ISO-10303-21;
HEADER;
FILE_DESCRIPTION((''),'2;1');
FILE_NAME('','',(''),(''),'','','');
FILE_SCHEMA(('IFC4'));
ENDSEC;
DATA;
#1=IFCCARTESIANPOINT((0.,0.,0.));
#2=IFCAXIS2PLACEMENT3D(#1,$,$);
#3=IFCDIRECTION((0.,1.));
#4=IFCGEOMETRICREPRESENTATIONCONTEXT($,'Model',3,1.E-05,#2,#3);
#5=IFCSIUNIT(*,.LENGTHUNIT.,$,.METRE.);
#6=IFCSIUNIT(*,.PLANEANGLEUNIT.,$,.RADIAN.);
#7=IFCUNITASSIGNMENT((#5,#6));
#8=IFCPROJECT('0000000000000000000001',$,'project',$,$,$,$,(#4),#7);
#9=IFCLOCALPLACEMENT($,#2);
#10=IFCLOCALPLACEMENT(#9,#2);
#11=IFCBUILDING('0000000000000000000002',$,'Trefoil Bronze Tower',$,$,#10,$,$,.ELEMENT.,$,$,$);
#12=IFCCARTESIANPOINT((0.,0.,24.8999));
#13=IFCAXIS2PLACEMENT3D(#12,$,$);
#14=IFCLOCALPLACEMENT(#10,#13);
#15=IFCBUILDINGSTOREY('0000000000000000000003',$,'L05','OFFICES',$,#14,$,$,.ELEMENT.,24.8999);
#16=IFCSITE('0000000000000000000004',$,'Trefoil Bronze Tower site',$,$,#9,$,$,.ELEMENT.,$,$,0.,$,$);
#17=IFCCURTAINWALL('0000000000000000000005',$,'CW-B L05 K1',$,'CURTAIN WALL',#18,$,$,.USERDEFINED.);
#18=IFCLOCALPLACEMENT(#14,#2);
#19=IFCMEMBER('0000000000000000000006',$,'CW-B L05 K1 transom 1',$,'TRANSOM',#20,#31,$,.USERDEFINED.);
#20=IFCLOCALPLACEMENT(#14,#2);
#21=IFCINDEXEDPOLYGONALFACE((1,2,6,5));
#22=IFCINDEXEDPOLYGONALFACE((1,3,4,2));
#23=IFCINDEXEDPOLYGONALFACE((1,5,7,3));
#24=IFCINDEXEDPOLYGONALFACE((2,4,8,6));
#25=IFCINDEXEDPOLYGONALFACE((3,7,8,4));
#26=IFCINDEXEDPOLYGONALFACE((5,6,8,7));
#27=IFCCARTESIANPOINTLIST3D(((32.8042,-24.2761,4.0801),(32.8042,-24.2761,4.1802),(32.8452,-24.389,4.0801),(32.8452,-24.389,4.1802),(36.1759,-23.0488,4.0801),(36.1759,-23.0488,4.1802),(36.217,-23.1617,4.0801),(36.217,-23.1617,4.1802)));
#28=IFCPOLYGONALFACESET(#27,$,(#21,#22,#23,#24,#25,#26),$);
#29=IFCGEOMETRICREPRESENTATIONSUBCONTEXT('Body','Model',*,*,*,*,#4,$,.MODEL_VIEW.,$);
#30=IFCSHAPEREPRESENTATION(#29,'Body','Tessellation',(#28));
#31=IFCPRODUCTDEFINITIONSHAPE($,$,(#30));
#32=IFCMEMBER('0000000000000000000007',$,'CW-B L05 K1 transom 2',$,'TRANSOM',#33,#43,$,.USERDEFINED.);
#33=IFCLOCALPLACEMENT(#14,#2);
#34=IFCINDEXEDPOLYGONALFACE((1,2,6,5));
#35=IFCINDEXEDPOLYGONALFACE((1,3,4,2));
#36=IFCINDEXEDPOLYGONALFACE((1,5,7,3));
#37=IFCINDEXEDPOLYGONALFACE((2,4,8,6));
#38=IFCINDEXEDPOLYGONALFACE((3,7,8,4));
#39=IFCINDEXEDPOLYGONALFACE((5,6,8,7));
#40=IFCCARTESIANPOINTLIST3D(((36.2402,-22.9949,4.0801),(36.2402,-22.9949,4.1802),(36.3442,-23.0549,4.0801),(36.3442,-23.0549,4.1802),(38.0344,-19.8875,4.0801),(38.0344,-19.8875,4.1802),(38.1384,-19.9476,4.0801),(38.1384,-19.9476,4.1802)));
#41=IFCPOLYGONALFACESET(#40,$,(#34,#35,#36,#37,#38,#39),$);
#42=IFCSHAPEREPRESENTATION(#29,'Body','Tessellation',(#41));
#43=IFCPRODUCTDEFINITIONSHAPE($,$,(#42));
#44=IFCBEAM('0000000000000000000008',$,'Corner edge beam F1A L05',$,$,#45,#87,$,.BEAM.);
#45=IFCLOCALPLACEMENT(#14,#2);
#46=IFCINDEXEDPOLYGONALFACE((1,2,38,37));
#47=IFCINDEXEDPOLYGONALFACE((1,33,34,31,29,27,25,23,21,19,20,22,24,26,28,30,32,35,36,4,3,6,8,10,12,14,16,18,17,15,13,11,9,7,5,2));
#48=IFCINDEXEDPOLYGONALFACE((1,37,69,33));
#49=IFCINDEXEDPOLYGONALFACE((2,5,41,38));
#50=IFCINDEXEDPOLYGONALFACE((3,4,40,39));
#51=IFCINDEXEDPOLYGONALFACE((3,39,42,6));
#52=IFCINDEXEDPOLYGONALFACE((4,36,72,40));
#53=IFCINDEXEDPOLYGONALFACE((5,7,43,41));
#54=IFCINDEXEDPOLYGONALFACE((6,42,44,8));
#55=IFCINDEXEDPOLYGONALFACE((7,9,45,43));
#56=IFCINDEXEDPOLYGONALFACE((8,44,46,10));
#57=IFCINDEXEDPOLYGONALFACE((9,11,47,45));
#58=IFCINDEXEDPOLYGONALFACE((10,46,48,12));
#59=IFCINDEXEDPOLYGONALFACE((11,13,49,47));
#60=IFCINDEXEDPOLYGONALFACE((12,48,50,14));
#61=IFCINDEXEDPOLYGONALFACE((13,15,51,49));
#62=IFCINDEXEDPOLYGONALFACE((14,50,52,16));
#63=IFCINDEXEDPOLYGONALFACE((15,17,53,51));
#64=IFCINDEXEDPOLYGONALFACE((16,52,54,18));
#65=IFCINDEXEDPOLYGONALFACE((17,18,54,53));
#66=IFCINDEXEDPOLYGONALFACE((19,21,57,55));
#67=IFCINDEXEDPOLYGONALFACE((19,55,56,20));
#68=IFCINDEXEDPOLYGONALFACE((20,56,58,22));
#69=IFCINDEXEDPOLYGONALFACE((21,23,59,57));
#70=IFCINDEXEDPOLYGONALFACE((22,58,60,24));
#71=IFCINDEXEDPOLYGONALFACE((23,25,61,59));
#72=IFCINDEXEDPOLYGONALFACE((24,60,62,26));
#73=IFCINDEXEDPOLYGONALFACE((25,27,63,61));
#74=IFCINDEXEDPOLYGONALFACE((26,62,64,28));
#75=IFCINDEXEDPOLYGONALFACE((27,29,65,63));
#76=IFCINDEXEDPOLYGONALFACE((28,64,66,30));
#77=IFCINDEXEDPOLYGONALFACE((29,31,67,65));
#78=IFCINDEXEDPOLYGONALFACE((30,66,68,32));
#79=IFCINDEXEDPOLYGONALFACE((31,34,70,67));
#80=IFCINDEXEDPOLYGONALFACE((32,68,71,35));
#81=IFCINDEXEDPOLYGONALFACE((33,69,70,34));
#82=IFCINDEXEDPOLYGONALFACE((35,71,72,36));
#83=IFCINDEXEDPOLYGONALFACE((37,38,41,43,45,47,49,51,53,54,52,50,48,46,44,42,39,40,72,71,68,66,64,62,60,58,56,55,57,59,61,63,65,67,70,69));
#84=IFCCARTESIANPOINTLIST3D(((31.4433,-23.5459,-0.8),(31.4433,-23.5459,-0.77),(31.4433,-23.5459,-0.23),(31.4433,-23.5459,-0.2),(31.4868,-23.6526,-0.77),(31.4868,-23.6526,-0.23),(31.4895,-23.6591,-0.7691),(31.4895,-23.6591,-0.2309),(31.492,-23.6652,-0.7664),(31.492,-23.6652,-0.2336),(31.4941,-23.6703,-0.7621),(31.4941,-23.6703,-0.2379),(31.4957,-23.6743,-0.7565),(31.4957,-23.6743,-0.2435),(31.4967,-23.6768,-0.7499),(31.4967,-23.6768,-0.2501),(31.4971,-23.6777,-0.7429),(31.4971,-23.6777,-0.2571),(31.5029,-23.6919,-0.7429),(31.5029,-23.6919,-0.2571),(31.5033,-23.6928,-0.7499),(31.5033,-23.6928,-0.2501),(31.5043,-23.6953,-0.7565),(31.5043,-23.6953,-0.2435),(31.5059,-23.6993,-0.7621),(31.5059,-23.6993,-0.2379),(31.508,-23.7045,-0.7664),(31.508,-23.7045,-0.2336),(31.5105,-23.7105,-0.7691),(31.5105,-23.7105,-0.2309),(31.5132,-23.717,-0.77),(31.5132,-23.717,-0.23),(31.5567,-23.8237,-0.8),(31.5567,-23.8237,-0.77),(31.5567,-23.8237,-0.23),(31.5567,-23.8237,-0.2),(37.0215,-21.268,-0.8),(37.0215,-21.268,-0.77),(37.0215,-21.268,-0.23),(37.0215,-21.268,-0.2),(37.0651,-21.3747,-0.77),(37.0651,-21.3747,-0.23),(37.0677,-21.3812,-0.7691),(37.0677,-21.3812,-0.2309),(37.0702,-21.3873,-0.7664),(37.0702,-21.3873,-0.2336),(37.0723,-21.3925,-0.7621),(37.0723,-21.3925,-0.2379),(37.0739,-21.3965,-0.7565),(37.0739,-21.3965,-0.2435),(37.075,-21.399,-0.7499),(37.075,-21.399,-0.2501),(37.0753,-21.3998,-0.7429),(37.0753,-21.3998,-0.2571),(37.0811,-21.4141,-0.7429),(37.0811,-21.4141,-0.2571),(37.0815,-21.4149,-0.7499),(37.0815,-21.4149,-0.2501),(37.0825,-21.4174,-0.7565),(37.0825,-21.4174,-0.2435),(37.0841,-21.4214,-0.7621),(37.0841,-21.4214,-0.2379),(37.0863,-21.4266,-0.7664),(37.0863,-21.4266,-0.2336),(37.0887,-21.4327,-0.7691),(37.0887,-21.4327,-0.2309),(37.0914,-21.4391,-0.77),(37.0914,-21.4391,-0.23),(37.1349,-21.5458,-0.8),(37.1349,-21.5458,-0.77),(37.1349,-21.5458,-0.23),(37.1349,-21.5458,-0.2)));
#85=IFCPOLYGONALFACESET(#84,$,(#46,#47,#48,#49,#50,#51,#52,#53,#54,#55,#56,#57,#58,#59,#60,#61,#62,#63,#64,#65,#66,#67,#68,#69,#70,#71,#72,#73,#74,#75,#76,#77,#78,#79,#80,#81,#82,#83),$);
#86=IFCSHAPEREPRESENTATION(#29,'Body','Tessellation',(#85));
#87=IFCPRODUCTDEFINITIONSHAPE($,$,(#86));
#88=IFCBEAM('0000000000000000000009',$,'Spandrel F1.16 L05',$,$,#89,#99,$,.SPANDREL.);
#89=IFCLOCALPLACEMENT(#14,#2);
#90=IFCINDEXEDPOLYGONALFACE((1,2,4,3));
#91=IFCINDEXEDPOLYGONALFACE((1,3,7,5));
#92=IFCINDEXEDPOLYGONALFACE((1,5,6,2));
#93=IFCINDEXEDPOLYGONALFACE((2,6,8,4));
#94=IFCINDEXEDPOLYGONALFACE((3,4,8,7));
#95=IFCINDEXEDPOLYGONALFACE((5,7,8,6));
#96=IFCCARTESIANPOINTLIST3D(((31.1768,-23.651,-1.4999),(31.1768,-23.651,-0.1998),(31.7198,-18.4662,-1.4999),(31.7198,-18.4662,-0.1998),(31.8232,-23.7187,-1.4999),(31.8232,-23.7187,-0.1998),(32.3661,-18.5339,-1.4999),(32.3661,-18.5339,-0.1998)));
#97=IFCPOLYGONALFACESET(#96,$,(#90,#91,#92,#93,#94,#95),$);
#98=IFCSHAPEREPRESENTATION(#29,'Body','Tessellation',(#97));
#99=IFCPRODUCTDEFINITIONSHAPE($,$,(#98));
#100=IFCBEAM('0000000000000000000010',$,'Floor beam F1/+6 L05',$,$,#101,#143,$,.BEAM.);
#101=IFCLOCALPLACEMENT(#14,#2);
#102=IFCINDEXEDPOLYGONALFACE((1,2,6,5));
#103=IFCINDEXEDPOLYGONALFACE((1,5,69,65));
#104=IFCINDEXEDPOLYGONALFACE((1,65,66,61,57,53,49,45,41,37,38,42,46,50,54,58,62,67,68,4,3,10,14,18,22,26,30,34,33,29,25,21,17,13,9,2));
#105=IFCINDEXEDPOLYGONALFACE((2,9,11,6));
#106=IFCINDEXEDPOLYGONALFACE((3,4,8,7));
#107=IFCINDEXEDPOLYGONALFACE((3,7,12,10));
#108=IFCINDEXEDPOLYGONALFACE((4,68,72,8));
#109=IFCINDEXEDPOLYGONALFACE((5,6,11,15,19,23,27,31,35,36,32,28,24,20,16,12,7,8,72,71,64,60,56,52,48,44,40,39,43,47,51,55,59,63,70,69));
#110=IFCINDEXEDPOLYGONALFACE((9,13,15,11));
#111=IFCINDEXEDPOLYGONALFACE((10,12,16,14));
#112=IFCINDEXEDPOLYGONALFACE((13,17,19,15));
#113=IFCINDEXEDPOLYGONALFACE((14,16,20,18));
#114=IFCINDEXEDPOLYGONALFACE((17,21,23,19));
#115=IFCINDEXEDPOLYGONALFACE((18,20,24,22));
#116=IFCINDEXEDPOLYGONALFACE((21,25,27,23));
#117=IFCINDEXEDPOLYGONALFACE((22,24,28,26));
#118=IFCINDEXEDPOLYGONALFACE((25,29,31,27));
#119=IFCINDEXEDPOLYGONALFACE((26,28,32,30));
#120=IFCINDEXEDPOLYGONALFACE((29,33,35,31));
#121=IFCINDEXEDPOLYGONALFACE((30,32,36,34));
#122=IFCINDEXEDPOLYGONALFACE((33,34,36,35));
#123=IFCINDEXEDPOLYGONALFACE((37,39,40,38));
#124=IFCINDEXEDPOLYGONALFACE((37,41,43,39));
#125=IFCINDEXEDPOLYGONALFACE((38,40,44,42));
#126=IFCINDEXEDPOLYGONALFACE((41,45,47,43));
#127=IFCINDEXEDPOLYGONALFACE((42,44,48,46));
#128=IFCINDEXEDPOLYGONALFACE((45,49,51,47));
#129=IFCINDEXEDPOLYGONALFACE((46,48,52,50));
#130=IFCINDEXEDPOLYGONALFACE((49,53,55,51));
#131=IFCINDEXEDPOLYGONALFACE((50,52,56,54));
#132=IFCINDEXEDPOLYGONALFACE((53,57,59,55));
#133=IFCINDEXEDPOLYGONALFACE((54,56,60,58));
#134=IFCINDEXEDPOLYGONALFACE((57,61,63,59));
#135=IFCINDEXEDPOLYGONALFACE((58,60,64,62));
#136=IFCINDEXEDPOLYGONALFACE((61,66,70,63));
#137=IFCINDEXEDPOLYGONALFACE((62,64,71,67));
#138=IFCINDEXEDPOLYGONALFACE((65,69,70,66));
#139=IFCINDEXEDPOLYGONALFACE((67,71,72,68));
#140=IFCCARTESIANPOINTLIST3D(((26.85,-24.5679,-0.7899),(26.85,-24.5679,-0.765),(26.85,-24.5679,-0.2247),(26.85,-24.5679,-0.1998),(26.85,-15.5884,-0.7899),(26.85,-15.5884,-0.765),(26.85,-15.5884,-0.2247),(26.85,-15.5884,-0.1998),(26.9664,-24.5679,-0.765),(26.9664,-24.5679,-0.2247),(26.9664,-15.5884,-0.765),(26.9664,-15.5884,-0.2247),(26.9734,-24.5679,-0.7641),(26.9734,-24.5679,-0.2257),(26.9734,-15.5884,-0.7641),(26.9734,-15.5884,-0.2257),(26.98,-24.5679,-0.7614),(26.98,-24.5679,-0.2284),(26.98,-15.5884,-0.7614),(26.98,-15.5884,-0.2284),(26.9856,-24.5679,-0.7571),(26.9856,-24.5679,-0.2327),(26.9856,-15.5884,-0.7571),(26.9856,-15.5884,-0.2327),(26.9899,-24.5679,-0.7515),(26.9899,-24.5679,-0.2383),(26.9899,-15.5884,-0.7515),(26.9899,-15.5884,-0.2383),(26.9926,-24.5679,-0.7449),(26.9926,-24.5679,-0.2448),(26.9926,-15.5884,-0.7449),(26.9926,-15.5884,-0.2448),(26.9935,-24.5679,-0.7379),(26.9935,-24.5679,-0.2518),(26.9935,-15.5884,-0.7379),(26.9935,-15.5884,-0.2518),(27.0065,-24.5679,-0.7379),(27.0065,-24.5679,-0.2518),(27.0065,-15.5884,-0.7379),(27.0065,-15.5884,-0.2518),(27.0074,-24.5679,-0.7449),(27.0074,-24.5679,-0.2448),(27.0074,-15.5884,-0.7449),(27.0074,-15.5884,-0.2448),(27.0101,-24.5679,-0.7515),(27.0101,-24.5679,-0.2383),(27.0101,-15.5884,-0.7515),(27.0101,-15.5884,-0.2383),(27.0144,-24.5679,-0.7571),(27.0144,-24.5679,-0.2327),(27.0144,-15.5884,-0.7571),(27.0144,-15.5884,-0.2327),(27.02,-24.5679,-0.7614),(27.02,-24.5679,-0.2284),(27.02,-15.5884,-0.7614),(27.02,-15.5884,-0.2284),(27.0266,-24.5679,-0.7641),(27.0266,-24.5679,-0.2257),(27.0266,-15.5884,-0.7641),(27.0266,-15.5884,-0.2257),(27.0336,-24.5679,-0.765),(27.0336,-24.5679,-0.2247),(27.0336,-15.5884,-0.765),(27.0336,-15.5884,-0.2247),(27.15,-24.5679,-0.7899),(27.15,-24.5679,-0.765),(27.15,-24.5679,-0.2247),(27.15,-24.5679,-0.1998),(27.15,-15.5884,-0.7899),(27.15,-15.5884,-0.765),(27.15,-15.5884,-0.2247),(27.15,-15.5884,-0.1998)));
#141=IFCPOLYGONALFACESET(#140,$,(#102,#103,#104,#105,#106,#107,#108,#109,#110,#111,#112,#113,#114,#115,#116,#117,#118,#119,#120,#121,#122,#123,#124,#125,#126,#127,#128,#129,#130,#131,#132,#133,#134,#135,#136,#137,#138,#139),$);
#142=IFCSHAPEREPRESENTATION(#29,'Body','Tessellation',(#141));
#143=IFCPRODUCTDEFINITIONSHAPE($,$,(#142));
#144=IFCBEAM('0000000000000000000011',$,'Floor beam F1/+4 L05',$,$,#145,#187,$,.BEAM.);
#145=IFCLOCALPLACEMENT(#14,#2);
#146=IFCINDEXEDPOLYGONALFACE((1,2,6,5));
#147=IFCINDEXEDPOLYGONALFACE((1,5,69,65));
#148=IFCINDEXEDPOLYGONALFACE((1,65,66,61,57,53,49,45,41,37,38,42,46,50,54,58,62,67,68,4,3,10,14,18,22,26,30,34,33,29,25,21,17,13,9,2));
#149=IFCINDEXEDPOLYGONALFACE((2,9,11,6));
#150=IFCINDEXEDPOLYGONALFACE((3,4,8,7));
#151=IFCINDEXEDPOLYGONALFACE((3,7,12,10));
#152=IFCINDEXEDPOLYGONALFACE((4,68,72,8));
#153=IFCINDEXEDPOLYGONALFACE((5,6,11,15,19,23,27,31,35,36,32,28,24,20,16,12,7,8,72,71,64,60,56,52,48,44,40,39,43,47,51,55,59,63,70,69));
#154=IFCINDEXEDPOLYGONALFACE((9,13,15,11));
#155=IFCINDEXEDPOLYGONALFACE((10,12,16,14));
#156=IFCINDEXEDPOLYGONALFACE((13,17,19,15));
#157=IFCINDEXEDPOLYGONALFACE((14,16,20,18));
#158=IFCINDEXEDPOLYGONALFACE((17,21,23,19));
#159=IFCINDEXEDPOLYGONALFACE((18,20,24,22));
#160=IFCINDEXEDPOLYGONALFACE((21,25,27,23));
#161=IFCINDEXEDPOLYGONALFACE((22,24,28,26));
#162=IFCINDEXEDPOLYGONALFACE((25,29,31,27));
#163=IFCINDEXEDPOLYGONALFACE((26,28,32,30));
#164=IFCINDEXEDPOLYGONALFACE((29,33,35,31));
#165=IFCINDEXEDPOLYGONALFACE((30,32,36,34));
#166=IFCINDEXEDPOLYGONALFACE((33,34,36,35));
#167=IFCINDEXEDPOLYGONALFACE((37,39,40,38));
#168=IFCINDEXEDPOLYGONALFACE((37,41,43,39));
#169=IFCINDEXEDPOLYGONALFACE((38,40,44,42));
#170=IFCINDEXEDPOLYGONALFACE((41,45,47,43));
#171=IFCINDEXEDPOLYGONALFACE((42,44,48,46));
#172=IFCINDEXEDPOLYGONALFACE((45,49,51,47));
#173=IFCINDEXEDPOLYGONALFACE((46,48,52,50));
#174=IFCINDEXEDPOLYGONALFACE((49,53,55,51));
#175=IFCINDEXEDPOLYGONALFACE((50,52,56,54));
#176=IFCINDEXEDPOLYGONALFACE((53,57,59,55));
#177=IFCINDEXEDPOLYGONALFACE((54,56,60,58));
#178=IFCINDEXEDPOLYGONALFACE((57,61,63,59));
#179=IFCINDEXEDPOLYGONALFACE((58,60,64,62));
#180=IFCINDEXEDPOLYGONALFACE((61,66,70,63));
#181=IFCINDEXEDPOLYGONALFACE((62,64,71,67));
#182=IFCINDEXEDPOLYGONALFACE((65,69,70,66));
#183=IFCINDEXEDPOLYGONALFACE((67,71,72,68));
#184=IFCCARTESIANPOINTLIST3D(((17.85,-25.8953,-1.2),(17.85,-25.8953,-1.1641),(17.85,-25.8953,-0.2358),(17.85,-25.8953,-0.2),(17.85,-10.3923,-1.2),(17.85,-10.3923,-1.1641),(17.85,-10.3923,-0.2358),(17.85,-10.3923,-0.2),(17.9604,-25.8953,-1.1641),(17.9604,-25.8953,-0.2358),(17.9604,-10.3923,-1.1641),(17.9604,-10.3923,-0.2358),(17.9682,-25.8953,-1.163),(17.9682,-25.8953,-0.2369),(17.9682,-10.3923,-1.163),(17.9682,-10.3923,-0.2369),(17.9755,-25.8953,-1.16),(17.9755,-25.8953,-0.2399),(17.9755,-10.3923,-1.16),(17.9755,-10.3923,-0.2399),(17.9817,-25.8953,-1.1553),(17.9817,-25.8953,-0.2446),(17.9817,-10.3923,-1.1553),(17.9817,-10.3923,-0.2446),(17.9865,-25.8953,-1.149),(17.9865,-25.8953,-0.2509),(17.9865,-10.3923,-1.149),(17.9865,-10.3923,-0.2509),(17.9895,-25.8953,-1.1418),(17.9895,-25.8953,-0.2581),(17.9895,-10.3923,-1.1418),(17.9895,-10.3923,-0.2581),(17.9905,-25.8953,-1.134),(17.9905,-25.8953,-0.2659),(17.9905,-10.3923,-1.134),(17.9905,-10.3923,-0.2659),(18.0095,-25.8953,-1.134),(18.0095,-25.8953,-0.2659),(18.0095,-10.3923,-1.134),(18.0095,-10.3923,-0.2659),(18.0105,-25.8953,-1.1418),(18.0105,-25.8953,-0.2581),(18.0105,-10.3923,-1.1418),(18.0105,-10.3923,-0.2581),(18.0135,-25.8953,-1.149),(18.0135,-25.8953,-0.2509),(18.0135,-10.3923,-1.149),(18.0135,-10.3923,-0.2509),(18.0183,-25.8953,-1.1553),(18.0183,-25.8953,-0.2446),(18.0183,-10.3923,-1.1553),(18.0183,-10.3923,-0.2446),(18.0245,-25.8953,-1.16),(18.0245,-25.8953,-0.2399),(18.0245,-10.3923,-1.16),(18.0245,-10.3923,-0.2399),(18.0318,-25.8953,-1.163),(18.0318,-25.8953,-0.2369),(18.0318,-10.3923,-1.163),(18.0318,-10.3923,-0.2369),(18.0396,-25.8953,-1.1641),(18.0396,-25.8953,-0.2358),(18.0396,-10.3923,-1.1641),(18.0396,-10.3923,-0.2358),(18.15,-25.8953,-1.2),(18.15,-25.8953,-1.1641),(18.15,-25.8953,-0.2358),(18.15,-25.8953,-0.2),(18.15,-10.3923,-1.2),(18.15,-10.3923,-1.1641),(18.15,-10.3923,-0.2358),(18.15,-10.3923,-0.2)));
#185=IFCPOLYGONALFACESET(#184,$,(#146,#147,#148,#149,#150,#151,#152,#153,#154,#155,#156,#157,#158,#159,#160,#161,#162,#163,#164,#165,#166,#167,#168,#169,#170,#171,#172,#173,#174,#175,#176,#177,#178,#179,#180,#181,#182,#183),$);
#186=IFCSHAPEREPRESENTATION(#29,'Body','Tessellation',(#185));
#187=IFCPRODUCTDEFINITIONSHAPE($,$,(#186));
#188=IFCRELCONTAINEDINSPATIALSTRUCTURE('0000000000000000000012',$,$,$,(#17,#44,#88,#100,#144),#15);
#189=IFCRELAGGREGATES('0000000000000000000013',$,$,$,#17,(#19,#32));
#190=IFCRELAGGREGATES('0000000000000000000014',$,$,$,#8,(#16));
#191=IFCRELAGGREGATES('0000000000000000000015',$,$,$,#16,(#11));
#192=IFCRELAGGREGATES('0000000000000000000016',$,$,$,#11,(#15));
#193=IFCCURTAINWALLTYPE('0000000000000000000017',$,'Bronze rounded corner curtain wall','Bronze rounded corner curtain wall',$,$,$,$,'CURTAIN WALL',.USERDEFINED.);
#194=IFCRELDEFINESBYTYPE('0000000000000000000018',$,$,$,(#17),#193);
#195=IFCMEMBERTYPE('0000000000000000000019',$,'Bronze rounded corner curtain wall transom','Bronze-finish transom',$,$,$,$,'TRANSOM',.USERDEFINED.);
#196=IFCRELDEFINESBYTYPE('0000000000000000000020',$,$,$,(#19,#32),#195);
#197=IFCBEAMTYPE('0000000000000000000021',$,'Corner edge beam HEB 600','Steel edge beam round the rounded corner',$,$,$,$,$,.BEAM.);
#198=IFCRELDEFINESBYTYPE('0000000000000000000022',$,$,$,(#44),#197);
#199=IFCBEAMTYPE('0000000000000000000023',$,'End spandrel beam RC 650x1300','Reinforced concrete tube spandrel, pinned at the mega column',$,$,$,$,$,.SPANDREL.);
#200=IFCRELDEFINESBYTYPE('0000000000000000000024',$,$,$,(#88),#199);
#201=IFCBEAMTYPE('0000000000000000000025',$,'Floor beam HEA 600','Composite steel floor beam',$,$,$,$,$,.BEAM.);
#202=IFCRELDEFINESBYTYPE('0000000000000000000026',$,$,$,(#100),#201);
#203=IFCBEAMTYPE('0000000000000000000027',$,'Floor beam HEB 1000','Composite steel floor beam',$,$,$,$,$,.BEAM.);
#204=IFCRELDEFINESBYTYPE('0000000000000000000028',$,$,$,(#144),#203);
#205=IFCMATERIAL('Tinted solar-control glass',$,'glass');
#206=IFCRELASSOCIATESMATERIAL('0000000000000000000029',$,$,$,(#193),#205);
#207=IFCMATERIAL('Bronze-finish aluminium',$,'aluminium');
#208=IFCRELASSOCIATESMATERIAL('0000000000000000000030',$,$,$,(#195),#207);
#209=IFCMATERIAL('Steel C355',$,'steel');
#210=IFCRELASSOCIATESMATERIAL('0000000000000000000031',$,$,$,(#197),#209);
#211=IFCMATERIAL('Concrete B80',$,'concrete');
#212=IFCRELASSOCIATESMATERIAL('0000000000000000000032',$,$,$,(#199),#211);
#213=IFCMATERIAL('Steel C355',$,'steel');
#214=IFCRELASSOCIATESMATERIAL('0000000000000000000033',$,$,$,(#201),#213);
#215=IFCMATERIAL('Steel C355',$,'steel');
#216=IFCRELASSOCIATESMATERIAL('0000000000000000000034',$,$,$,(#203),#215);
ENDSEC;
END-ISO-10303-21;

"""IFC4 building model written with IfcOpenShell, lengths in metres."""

from ifc_helpers import new_model, si_unit, direction, frame, origin, origin_2d, place, context, subcontext, project, spatial, rectangle, i_section, extrude, material, material_profile, profile_set, type_object, element, aggregate, save


model = new_model("IFC4")

# Units and contexts
model_context = context("Model", 3, precision=1e-05, world=origin(), true_north=direction((0.0, 1.0)))
body_context = subcontext(model_context, "Body", "Model", "MODEL_VIEW")
ifc_project = project(units=[si_unit("LENGTHUNIT", "METRE"), si_unit("PLANEANGLEUNIT", "RADIAN")], contexts=[model_context])

# Site, building, storey
site_placement = place(None, origin())
site = spatial("IfcSite", under=ifc_project, at=site_placement, Name="Trefoil Bronze Tower site", CompositionType="ELEMENT", RefElevation=0.0)
building_placement = place(site_placement, origin())
building = spatial("IfcBuilding", under=site, at=building_placement, Name="Trefoil Bronze Tower", CompositionType="ELEMENT")
storey_placement = place(building_placement, frame((0.0, 0.0, 24.8999)))
storey = spatial("IfcBuildingStorey", under=building, at=storey_placement, Name="L05", Description="OFFICES", CompositionType="ELEMENT", Elevation=24.8999)

# Curtain wall, members
ifc_material_1 = material(Name="Tinted solar-control glass", Category="glass")
curtain_wall_type_1 = type_object("IfcCurtainWallType", Name="Bronze rounded corner curtain wall", Description="Bronze rounded corner curtain wall", ElementType="CURTAIN WALL", PredefinedType="USERDEFINED", material=ifc_material_1)
curtain_wall_1_placement = place(storey_placement, origin())
curtain_wall_1 = element("IfcCurtainWall", 1, at=curtain_wall_1_placement, inside=storey, type_object=curtain_wall_type_1, Name="CW-B L05 K1", ObjectType="CURTAIN WALL", PredefinedType="USERDEFINED")
ifc_material_2 = material(Name="Bronze-finish aluminium", Category="aluminium")
ifc_material_profile_1 = material_profile(ifc_material_2, rectangle(XDim=0.1201, YDim=0.1001, at=origin_2d()), Name="CW-B transom")
ifc_profile_set_1 = profile_set([ifc_material_profile_1], Name="Bronze-finish aluminium")
member_type_1 = type_object("IfcMemberType", Name="Bronze rounded corner curtain wall transom", Description="Bronze-finish transom", ElementType="TRANSOM", PredefinedType="USERDEFINED", material=ifc_profile_set_1)
member_1_placement = place(storey_placement, frame((32.8247, -24.3325, 4.1301), z_axis=(0.939688, 0.342033, 0.0), x_axis=(-0.342033, 0.939688, 0.0)))
member_1 = element("IfcMember", 2, at=member_1_placement, type_object=member_type_1, Name="CW-B L05 K1 transom 1", ObjectType="TRANSOM", PredefinedType="USERDEFINED", context=body_context, shape_type="SweptSolid", body=[
    extrude(rectangle(XDim=0.1201, YDim=0.1001, at=origin_2d()), origin(), (0.0, 0.0, 1.0), 3.5881),
])
member_2_placement = place(storey_placement, frame((36.2922, -23.0249, 4.1301), z_axis=(0.500025, 0.866011, 0.0), x_axis=(-0.866011, 0.500025, 0.0)))
member_2 = element("IfcMember", 3, at=member_2_placement, type_object=member_type_1, Name="CW-B L05 K1 transom 2", ObjectType="TRANSOM", PredefinedType="USERDEFINED", context=body_context, shape_type="SweptSolid", body=[
    extrude(rectangle(XDim=0.1201, YDim=0.1001, at=origin_2d()), origin(), (0.0, 0.0, 1.0), 3.5881),
])

# Beams
ifc_material_3 = material(Name="Steel C355", Category="steel")
ifc_material_profile_2 = material_profile(ifc_material_3, i_section(OverallWidth=0.3, OverallDepth=0.6001, WebThickness=0.0154, FlangeThickness=0.03, FilletRadius=0.0271, at=origin_2d()), Name="HEB 600")
ifc_profile_set_2 = profile_set([ifc_material_profile_2], Name="Steel C355")
beam_type_1 = type_object("IfcBeamType", Name="Corner edge beam HEB 600", Description="Steel edge beam round the rounded corner", PredefinedType="BEAM", material=ifc_profile_set_2)
beam_1_placement = place(storey_placement, frame((31.5, -23.6848, -0.5), z_axis=(0.925787, 0.378046, 0.0), x_axis=(-0.378046, 0.925787, 0.0)))
element("IfcBeam", 4, at=beam_1_placement, inside=storey, type_object=beam_type_1, Name="Corner edge beam F1A L05", PredefinedType="BEAM", context=body_context, shape_type="SweptSolid", body=[
    extrude(i_section(OverallWidth=0.3, OverallDepth=0.6001, WebThickness=0.0154, FlangeThickness=0.03, FilletRadius=0.0271, at=origin_2d()), origin(), (0.0, 0.0, 1.0), 6.0254),
])
ifc_material_4 = material(Name="Concrete B80", Category="concrete")
ifc_material_profile_3 = material_profile(ifc_material_4, rectangle(XDim=0.6499, YDim=1.3, at=origin_2d()), Name="RC 650x1300")
ifc_profile_set_3 = profile_set([ifc_material_profile_3], Name="Concrete B80")
beam_type_2 = type_object("IfcBeamType", Name="End spandrel beam RC 650x1300", Description="Reinforced concrete tube spandrel, pinned at the mega column", PredefinedType="SPANDREL", material=ifc_profile_set_3)
beam_2_placement = place(storey_placement, frame((31.5, -23.6848, -0.8499), z_axis=(0.104153, 0.994561, 0.0), x_axis=(-0.994561, 0.104153, 0.0)))
element("IfcBeam", 5, at=beam_2_placement, inside=storey, type_object=beam_type_2, Name="Spandrel F1.16 L05", PredefinedType="SPANDREL", context=body_context, shape_type="SweptSolid", body=[
    extrude(rectangle(XDim=0.6499, YDim=1.3, at=origin_2d()), origin(), (0.0, 0.0, 1.0), 5.2131),
])
ifc_material_5 = material(Name="Steel C355", Category="steel")
ifc_material_profile_4 = material_profile(ifc_material_5, i_section(OverallWidth=0.3, OverallDepth=0.5901, WebThickness=0.0129, FlangeThickness=0.0249, FilletRadius=0.0271, at=origin_2d()), Name="HEA 600")
ifc_profile_set_4 = profile_set([ifc_material_profile_4], Name="Steel C355")
beam_type_3 = type_object("IfcBeamType", Name="Floor beam HEA 600", Description="Composite steel floor beam", PredefinedType="BEAM", material=ifc_profile_set_4)
beam_3_placement = place(storey_placement, frame((27.0, -24.5679, -0.4949), z_axis=(0.0, 1.0, 0.0), x_axis=(-1.0, 0.0, 0.0)))
element("IfcBeam", 6, at=beam_3_placement, inside=storey, type_object=beam_type_3, Name="Floor beam F1/+6 L05", PredefinedType="BEAM", context=body_context, shape_type="SweptSolid", body=[
    extrude(i_section(OverallWidth=0.3, OverallDepth=0.5901, WebThickness=0.0129, FlangeThickness=0.0249, FilletRadius=0.0271, at=origin_2d()), origin(), (0.0, 0.0, 1.0), 8.9795),
])
ifc_material_6 = material(Name="Steel C355", Category="steel")
ifc_material_profile_5 = material_profile(ifc_material_6, i_section(OverallWidth=0.3, OverallDepth=1.0, WebThickness=0.019, FlangeThickness=0.0359, FilletRadius=0.03, at=origin_2d()), Name="HEB 1000")
ifc_profile_set_5 = profile_set([ifc_material_profile_5], Name="Steel C355")
beam_type_4 = type_object("IfcBeamType", Name="Floor beam HEB 1000", Description="Composite steel floor beam", PredefinedType="BEAM", material=ifc_profile_set_5)
beam_4_placement = place(storey_placement, frame((18.0, -25.8953, -0.7), z_axis=(0.0, 1.0, 0.0), x_axis=(-1.0, 0.0, 0.0)))
element("IfcBeam", 7, at=beam_4_placement, inside=storey, type_object=beam_type_4, Name="Floor beam F1/+4 L05", PredefinedType="BEAM", context=body_context, shape_type="SweptSolid", body=[
    extrude(i_section(OverallWidth=0.3, OverallDepth=1.0, WebThickness=0.019, FlangeThickness=0.0359, FilletRadius=0.03, at=origin_2d()), origin(), (0.0, 0.0, 1.0), 15.5029),
])

aggregate(curtain_wall_1, [member_1, member_2])

save(model, "model.ifc")
